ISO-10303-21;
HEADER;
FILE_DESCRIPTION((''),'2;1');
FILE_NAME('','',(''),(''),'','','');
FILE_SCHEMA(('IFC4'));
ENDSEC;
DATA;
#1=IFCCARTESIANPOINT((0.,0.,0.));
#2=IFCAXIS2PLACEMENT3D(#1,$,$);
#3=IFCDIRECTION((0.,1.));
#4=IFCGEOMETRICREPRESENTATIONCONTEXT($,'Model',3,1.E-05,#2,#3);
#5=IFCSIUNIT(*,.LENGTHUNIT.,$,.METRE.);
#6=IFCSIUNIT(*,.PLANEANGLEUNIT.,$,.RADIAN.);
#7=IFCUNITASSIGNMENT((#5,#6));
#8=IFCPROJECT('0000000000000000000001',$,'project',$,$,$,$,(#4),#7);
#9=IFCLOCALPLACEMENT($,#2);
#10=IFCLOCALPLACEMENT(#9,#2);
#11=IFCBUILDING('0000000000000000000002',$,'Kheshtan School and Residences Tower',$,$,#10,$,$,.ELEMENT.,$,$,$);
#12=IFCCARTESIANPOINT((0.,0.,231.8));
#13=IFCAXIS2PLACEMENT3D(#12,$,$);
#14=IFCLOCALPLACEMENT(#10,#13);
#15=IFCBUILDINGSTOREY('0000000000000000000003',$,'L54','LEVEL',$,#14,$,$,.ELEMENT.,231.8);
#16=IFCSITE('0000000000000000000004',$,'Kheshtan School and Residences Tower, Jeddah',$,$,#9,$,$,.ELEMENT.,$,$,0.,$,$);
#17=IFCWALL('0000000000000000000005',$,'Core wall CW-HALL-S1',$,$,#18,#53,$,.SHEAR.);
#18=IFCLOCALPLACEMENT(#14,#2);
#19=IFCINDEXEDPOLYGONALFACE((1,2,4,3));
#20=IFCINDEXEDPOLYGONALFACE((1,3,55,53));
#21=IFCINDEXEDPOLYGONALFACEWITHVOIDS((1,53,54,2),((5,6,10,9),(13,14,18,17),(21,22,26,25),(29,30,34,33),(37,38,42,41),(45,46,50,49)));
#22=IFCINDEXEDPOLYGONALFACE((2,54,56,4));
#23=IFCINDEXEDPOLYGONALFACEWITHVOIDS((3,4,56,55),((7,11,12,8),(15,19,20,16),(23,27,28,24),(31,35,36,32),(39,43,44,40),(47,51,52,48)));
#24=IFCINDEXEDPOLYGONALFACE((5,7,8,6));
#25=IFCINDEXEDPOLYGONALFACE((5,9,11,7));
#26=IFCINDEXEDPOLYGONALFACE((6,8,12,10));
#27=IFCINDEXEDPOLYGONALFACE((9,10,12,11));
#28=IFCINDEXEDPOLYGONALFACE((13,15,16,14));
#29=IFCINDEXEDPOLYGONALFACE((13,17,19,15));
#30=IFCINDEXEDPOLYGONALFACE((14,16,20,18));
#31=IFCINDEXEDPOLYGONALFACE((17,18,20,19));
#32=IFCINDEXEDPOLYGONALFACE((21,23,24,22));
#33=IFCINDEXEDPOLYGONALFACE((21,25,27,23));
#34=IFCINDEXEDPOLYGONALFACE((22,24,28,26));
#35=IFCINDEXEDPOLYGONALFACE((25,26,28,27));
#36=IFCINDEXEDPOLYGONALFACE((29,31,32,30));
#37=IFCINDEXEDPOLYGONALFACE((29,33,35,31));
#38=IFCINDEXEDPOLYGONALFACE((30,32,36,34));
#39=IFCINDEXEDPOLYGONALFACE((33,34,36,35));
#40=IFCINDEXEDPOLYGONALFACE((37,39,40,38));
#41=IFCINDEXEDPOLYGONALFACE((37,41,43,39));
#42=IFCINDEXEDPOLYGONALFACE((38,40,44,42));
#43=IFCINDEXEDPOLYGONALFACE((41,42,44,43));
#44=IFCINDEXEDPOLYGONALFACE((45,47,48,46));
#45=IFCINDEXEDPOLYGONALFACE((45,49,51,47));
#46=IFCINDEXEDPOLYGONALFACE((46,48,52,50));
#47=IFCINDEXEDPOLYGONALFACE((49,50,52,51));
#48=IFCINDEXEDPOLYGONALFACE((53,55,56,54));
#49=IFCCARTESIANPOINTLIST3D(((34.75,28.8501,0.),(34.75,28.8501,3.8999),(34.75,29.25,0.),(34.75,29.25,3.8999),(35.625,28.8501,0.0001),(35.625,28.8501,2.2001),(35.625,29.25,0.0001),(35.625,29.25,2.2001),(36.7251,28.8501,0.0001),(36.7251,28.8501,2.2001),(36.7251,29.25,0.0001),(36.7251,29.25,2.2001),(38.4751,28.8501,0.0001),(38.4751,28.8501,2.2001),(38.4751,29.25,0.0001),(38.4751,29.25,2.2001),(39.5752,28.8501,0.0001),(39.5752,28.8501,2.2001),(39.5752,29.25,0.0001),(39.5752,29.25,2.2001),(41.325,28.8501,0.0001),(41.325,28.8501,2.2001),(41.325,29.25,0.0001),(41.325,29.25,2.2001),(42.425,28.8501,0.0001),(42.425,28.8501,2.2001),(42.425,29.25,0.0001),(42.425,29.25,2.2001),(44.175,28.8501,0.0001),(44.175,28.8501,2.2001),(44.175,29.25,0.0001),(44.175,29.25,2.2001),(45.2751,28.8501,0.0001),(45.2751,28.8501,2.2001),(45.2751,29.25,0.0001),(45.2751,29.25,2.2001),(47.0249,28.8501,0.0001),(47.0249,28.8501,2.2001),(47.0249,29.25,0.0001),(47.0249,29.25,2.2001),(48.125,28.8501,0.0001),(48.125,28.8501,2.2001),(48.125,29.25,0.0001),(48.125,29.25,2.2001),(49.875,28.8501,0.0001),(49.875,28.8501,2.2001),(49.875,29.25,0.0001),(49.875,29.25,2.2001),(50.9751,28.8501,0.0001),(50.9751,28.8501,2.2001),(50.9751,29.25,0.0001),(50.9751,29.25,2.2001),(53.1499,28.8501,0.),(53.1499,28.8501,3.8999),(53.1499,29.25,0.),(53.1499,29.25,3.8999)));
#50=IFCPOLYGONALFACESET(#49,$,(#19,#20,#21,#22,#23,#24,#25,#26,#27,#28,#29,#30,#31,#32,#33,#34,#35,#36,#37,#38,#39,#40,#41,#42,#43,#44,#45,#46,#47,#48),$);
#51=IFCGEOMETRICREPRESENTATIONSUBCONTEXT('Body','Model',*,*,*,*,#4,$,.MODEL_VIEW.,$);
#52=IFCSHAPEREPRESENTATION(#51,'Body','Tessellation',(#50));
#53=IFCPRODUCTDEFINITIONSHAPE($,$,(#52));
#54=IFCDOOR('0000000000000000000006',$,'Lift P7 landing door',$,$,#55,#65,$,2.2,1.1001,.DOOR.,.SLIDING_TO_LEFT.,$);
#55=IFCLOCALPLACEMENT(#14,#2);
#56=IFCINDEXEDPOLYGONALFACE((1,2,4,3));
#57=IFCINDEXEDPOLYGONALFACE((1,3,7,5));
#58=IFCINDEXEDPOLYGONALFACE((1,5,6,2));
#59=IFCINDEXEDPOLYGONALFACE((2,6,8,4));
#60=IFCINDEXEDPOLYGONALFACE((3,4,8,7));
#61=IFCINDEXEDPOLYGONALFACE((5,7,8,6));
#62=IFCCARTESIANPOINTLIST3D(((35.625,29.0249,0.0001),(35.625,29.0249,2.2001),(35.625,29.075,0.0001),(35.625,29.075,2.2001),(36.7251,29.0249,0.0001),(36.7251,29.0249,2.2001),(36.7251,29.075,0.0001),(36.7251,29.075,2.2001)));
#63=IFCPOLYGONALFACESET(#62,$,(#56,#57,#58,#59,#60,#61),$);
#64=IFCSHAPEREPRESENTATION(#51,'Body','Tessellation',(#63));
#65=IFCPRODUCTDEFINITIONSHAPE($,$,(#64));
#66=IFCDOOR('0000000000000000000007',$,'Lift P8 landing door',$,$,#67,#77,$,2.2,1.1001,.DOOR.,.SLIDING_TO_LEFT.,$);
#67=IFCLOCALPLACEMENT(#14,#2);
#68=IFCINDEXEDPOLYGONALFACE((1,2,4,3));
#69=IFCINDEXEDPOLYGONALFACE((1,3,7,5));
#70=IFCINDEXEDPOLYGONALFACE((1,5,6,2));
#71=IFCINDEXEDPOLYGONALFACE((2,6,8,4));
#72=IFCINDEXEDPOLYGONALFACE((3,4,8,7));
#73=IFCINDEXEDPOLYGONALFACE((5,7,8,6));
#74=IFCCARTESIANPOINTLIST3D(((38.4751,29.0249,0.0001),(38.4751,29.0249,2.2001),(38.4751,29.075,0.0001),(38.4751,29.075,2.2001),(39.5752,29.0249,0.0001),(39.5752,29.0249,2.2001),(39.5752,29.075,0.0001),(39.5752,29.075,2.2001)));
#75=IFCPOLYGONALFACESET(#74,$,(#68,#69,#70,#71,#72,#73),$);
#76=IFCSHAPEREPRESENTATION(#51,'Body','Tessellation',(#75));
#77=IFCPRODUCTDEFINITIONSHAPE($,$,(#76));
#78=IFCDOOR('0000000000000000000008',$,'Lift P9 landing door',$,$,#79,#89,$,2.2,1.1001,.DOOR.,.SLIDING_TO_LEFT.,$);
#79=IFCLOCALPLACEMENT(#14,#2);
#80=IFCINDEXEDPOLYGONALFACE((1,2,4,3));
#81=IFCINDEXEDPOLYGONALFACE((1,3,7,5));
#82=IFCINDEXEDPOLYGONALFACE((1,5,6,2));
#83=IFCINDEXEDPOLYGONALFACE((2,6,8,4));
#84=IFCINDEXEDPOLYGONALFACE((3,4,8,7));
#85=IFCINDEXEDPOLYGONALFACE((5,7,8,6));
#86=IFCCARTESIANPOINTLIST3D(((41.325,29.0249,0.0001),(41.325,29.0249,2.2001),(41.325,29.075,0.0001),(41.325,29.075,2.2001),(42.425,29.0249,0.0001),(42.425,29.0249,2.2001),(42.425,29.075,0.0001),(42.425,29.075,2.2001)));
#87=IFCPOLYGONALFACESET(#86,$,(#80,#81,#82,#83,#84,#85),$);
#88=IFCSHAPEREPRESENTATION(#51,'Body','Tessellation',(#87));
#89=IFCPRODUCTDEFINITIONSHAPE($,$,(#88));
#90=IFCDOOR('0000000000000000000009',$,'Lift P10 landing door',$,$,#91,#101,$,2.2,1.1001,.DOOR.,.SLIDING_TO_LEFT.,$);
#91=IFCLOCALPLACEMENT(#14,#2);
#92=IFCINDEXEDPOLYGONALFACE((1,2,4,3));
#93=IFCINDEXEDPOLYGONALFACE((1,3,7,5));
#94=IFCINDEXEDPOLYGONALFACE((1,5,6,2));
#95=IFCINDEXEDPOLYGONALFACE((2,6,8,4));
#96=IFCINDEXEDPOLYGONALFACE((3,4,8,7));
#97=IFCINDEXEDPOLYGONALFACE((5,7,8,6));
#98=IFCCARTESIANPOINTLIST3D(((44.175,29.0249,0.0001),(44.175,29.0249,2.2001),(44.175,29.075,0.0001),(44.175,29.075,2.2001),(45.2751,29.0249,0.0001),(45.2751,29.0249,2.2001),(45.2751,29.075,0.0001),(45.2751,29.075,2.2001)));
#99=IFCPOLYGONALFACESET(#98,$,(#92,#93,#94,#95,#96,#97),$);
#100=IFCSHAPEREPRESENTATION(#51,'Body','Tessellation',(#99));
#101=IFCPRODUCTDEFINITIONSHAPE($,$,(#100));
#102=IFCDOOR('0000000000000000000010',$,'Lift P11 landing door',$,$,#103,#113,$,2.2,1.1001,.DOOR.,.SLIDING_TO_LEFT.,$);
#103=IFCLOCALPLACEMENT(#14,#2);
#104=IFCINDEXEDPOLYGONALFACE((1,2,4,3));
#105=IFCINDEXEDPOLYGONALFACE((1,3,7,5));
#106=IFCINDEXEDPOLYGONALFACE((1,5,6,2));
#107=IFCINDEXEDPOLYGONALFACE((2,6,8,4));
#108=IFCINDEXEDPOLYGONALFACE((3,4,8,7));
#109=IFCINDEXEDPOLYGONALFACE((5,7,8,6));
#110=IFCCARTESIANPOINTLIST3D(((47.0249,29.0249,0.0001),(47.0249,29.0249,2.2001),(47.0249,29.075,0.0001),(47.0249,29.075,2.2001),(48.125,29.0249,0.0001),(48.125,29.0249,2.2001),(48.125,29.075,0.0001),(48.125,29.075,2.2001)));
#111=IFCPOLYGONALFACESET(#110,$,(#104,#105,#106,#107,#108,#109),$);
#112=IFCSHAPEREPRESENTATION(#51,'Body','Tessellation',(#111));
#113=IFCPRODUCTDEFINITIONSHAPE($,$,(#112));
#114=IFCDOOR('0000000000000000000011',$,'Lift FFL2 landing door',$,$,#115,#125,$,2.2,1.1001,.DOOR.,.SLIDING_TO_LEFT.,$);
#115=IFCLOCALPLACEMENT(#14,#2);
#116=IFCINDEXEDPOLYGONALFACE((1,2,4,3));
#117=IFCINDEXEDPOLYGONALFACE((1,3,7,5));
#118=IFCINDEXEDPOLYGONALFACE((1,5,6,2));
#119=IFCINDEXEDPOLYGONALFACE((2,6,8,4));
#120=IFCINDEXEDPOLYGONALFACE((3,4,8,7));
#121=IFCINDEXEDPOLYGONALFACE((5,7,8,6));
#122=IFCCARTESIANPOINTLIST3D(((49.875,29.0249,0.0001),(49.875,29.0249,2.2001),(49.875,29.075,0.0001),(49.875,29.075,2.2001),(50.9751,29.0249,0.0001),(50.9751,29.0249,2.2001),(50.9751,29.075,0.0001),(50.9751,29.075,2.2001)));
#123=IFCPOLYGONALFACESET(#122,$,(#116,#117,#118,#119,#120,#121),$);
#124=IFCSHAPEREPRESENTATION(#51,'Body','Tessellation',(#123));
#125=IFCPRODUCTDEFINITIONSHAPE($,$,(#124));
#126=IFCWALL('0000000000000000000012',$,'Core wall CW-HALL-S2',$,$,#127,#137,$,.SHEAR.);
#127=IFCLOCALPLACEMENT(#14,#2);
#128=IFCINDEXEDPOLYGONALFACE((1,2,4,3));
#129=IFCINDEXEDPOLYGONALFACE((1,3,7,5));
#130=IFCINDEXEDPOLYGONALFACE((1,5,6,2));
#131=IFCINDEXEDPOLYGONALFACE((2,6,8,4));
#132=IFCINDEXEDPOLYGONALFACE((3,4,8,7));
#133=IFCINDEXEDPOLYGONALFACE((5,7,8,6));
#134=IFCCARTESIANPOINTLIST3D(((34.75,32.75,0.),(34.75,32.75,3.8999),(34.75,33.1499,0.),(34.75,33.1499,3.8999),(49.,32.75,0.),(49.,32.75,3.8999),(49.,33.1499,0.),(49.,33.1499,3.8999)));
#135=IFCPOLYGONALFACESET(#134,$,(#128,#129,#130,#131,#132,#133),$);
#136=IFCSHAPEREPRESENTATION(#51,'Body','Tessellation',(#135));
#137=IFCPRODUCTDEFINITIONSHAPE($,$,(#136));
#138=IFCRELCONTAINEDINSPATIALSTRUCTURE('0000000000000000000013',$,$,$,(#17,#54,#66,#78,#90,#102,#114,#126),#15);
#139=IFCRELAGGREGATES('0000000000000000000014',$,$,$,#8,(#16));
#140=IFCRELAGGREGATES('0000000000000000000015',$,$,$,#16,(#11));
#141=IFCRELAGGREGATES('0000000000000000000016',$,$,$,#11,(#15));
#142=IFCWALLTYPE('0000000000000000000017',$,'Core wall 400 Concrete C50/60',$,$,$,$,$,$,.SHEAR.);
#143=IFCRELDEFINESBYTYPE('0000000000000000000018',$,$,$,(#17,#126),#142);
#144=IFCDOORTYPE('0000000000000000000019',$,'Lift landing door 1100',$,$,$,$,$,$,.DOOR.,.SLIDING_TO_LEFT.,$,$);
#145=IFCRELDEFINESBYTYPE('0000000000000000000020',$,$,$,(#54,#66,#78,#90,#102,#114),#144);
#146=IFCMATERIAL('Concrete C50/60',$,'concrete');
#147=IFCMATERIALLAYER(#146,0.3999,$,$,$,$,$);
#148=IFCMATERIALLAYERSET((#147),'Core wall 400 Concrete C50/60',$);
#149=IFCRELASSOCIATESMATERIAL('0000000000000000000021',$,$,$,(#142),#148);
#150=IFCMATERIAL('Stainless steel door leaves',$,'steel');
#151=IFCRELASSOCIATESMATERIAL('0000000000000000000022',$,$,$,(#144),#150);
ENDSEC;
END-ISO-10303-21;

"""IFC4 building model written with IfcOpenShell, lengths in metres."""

from ifc_helpers import new_model, si_unit, direction, frame, frame_2d, origin, place, context, subcontext, project, spatial, rectangle, extrude, source, transform, mapped, material, layer, layer_set, type_object, element, fill, save


model = new_model("IFC4")

# Units and contexts
model_context = context("Model", 3, precision=1e-05, world=origin(), true_north=direction((0.0, 1.0)))
body_context = subcontext(model_context, "Body", "Model", "MODEL_VIEW")
ifc_project = project(units=[si_unit("LENGTHUNIT", "METRE"), si_unit("PLANEANGLEUNIT", "RADIAN")], contexts=[model_context])

# Site, building, storey
site_placement = place(None, origin())
site = spatial("IfcSite", under=ifc_project, at=site_placement, Name="Kheshtan School and Residences Tower, Jeddah", CompositionType="ELEMENT", RefElevation=0.0)
building_placement = place(site_placement, origin())
building = spatial("IfcBuilding", under=site, at=building_placement, Name="Kheshtan School and Residences Tower", CompositionType="ELEMENT")
storey_placement = place(building_placement, frame((0.0, 0.0, 231.8)))
storey = spatial("IfcBuildingStorey", under=building, at=storey_placement, Name="L54", Description="LEVEL", CompositionType="ELEMENT", Elevation=231.8)

# Wall, openings, doors
ifc_material_1 = material(Name="Concrete C50/60", Category="concrete")
ifc_layer_1 = layer(ifc_material_1, 0.3999)
ifc_layer_set_1 = layer_set([ifc_layer_1], Name="Core wall 400 Concrete C50/60")
wall_type_1 = type_object("IfcWallType", Name="Core wall 400 Concrete C50/60", PredefinedType="SHEAR", material=ifc_layer_set_1)
wall_1_placement = place(storey_placement, frame((34.75, 29.05, 0.0), z_axis=(0.0, 0.0, 1.0), x_axis=(1.0, 0.0, 0.0)))
wall_1 = element("IfcWall", 1, at=wall_1_placement, inside=storey, type_object=wall_type_1, Name="Core wall CW-HALL-S1", PredefinedType="SHEAR", context=body_context, shape_type="SweptSolid", body=[
    extrude(rectangle(XDim=18.3999, YDim=0.3999, at=frame_2d((9.2, 0.0))), origin(), (0.0, 0.0, 1.0), 3.8999),
])
opening_1_placement = place(wall_1_placement, frame((0.875, 0.0, 0.0)))
opening_1 = element("IfcOpeningElement", 2, at=opening_1_placement, cuts=wall_1, PredefinedType="OPENING", context=body_context, shape_type="SweptSolid", body=[
    extrude(rectangle(XDim=1.1001, YDim=2.2, at=frame_2d((0.55, 1.1001))), frame((0.0, 0.21, 0.0), z_axis=(0.0, -1.0, 0.0), x_axis=(1.0, 0.0, 0.0)), (0.0, 0.0, 1.0), 0.4199),
])
opening_2_placement = place(wall_1_placement, frame((3.7251, 0.0, 0.0)))
opening_2 = element("IfcOpeningElement", 3, at=opening_2_placement, cuts=wall_1, PredefinedType="OPENING", context=body_context, shape_type="SweptSolid", body=[
    extrude(rectangle(XDim=1.1001, YDim=2.2, at=frame_2d((0.55, 1.1001))), frame((0.0, 0.21, 0.0), z_axis=(0.0, -1.0, 0.0), x_axis=(1.0, 0.0, 0.0)), (0.0, 0.0, 1.0), 0.4199),
])
opening_3_placement = place(wall_1_placement, frame((6.575, 0.0, 0.0)))
opening_3 = element("IfcOpeningElement", 4, at=opening_3_placement, cuts=wall_1, PredefinedType="OPENING", context=body_context, shape_type="SweptSolid", body=[
    extrude(rectangle(XDim=1.1001, YDim=2.2, at=frame_2d((0.55, 1.1001))), frame((0.0, 0.21, 0.0), z_axis=(0.0, -1.0, 0.0), x_axis=(1.0, 0.0, 0.0)), (0.0, 0.0, 1.0), 0.4199),
])
opening_4_placement = place(wall_1_placement, frame((9.425, 0.0, 0.0)))
opening_4 = element("IfcOpeningElement", 5, at=opening_4_placement, cuts=wall_1, PredefinedType="OPENING", context=body_context, shape_type="SweptSolid", body=[
    extrude(rectangle(XDim=1.1001, YDim=2.2, at=frame_2d((0.55, 1.1001))), frame((0.0, 0.21, 0.0), z_axis=(0.0, -1.0, 0.0), x_axis=(1.0, 0.0, 0.0)), (0.0, 0.0, 1.0), 0.4199),
])
opening_5_placement = place(wall_1_placement, frame((12.2749, 0.0, 0.0)))
opening_5 = element("IfcOpeningElement", 6, at=opening_5_placement, cuts=wall_1, PredefinedType="OPENING", context=body_context, shape_type="SweptSolid", body=[
    extrude(rectangle(XDim=1.1001, YDim=2.2, at=frame_2d((0.55, 1.1001))), frame((0.0, 0.21, 0.0), z_axis=(0.0, -1.0, 0.0), x_axis=(1.0, 0.0, 0.0)), (0.0, 0.0, 1.0), 0.4199),
])
opening_6_placement = place(wall_1_placement, frame((15.125, 0.0, 0.0)))
opening_6 = element("IfcOpeningElement", 7, at=opening_6_placement, cuts=wall_1, PredefinedType="OPENING", context=body_context, shape_type="SweptSolid", body=[
    extrude(rectangle(XDim=1.1001, YDim=2.2, at=frame_2d((0.55, 1.1001))), frame((0.0, 0.21, 0.0), z_axis=(0.0, -1.0, 0.0), x_axis=(1.0, 0.0, 0.0)), (0.0, 0.0, 1.0), 0.4199),
])
ifc_material_2 = material(Name="Stainless steel door leaves", Category="steel")
door_type_1 = type_object("IfcDoorType", Name="Lift landing door 1100", OperationType="SLIDING_TO_LEFT", PredefinedType="DOOR", material=ifc_material_2)
shared_shape_1 = source(origin(), body_context, "Body", "SweptSolid", [
    extrude(rectangle(XDim=1.1001, YDim=2.2, at=frame_2d((0.55, 1.1001))), frame((0.0, 0.0249, 0.0), z_axis=(0.0, -1.0, 0.0), x_axis=(1.0, 0.0, 0.0)), (0.0, 0.0, 1.0), 0.05),
])
door_1_placement = place(opening_1_placement, origin())
door_1 = element("IfcDoor", 8, at=door_1_placement, inside=storey, type_object=door_type_1, Name="Lift P7 landing door", OperationType="SLIDING_TO_LEFT", OverallHeight=2.2, OverallWidth=1.1001, PredefinedType="DOOR", context=body_context, shape_type="MappedRepresentation", body=[
    mapped(shared_shape_1, transform((0.0, 0.0, 0.0), x_axis=(1.0, 0.0, 0.0), y_axis=(0.0, 1.0, 0.0), z_axis=(0.0, 0.0, 1.0), scale=1.0)),
])
fill(opening_1, door_1)
door_2_placement = place(opening_2_placement, origin())
door_2 = element("IfcDoor", 9, at=door_2_placement, inside=storey, type_object=door_type_1, Name="Lift P8 landing door", OperationType="SLIDING_TO_LEFT", OverallHeight=2.2, OverallWidth=1.1001, PredefinedType="DOOR", context=body_context, shape_type="MappedRepresentation", body=[
    mapped(shared_shape_1, transform((0.0, 0.0, 0.0), x_axis=(1.0, 0.0, 0.0), y_axis=(0.0, 1.0, 0.0), z_axis=(0.0, 0.0, 1.0), scale=1.0)),
])
fill(opening_2, door_2)
door_3_placement = place(opening_3_placement, origin())
door_3 = element("IfcDoor", 10, at=door_3_placement, inside=storey, type_object=door_type_1, Name="Lift P9 landing door", OperationType="SLIDING_TO_LEFT", OverallHeight=2.2, OverallWidth=1.1001, PredefinedType="DOOR", context=body_context, shape_type="MappedRepresentation", body=[
    mapped(shared_shape_1, transform((0.0, 0.0, 0.0), x_axis=(1.0, 0.0, 0.0), y_axis=(0.0, 1.0, 0.0), z_axis=(0.0, 0.0, 1.0), scale=1.0)),
])
fill(opening_3, door_3)
door_4_placement = place(opening_4_placement, origin())
door_4 = element("IfcDoor", 11, at=door_4_placement, inside=storey, type_object=door_type_1, Name="Lift P10 landing door", OperationType="SLIDING_TO_LEFT", OverallHeight=2.2, OverallWidth=1.1001, PredefinedType="DOOR", context=body_context, shape_type="MappedRepresentation", body=[
    mapped(shared_shape_1, transform((0.0, 0.0, 0.0), x_axis=(1.0, 0.0, 0.0), y_axis=(0.0, 1.0, 0.0), z_axis=(0.0, 0.0, 1.0), scale=1.0)),
])
fill(opening_4, door_4)
door_5_placement = place(opening_5_placement, origin())
door_5 = element("IfcDoor", 12, at=door_5_placement, inside=storey, type_object=door_type_1, Name="Lift P11 landing door", OperationType="SLIDING_TO_LEFT", OverallHeight=2.2, OverallWidth=1.1001, PredefinedType="DOOR", context=body_context, shape_type="MappedRepresentation", body=[
    mapped(shared_shape_1, transform((0.0, 0.0, 0.0), x_axis=(1.0, 0.0, 0.0), y_axis=(0.0, 1.0, 0.0), z_axis=(0.0, 0.0, 1.0), scale=1.0)),
])
fill(opening_5, door_5)
door_6_placement = place(opening_6_placement, origin())
door_6 = element("IfcDoor", 13, at=door_6_placement, inside=storey, type_object=door_type_1, Name="Lift FFL2 landing door", OperationType="SLIDING_TO_LEFT", OverallHeight=2.2, OverallWidth=1.1001, PredefinedType="DOOR", context=body_context, shape_type="MappedRepresentation", body=[
    mapped(shared_shape_1, transform((0.0, 0.0, 0.0), x_axis=(1.0, 0.0, 0.0), y_axis=(0.0, 1.0, 0.0), z_axis=(0.0, 0.0, 1.0), scale=1.0)),
])
fill(opening_6, door_6)

# Wall
wall_2_placement = place(storey_placement, frame((34.75, 32.95, 0.0), z_axis=(0.0, 0.0, 1.0), x_axis=(1.0, 0.0, 0.0)))
element("IfcWall", 14, at=wall_2_placement, inside=storey, type_object=wall_type_1, Name="Core wall CW-HALL-S2", PredefinedType="SHEAR", context=body_context, shape_type="SweptSolid", body=[
    extrude(rectangle(XDim=14.25, YDim=0.3999, at=frame_2d((7.125, 0.0))), origin(), (0.0, 0.0, 1.0), 3.8999),
])

save(model, "model.ifc")
